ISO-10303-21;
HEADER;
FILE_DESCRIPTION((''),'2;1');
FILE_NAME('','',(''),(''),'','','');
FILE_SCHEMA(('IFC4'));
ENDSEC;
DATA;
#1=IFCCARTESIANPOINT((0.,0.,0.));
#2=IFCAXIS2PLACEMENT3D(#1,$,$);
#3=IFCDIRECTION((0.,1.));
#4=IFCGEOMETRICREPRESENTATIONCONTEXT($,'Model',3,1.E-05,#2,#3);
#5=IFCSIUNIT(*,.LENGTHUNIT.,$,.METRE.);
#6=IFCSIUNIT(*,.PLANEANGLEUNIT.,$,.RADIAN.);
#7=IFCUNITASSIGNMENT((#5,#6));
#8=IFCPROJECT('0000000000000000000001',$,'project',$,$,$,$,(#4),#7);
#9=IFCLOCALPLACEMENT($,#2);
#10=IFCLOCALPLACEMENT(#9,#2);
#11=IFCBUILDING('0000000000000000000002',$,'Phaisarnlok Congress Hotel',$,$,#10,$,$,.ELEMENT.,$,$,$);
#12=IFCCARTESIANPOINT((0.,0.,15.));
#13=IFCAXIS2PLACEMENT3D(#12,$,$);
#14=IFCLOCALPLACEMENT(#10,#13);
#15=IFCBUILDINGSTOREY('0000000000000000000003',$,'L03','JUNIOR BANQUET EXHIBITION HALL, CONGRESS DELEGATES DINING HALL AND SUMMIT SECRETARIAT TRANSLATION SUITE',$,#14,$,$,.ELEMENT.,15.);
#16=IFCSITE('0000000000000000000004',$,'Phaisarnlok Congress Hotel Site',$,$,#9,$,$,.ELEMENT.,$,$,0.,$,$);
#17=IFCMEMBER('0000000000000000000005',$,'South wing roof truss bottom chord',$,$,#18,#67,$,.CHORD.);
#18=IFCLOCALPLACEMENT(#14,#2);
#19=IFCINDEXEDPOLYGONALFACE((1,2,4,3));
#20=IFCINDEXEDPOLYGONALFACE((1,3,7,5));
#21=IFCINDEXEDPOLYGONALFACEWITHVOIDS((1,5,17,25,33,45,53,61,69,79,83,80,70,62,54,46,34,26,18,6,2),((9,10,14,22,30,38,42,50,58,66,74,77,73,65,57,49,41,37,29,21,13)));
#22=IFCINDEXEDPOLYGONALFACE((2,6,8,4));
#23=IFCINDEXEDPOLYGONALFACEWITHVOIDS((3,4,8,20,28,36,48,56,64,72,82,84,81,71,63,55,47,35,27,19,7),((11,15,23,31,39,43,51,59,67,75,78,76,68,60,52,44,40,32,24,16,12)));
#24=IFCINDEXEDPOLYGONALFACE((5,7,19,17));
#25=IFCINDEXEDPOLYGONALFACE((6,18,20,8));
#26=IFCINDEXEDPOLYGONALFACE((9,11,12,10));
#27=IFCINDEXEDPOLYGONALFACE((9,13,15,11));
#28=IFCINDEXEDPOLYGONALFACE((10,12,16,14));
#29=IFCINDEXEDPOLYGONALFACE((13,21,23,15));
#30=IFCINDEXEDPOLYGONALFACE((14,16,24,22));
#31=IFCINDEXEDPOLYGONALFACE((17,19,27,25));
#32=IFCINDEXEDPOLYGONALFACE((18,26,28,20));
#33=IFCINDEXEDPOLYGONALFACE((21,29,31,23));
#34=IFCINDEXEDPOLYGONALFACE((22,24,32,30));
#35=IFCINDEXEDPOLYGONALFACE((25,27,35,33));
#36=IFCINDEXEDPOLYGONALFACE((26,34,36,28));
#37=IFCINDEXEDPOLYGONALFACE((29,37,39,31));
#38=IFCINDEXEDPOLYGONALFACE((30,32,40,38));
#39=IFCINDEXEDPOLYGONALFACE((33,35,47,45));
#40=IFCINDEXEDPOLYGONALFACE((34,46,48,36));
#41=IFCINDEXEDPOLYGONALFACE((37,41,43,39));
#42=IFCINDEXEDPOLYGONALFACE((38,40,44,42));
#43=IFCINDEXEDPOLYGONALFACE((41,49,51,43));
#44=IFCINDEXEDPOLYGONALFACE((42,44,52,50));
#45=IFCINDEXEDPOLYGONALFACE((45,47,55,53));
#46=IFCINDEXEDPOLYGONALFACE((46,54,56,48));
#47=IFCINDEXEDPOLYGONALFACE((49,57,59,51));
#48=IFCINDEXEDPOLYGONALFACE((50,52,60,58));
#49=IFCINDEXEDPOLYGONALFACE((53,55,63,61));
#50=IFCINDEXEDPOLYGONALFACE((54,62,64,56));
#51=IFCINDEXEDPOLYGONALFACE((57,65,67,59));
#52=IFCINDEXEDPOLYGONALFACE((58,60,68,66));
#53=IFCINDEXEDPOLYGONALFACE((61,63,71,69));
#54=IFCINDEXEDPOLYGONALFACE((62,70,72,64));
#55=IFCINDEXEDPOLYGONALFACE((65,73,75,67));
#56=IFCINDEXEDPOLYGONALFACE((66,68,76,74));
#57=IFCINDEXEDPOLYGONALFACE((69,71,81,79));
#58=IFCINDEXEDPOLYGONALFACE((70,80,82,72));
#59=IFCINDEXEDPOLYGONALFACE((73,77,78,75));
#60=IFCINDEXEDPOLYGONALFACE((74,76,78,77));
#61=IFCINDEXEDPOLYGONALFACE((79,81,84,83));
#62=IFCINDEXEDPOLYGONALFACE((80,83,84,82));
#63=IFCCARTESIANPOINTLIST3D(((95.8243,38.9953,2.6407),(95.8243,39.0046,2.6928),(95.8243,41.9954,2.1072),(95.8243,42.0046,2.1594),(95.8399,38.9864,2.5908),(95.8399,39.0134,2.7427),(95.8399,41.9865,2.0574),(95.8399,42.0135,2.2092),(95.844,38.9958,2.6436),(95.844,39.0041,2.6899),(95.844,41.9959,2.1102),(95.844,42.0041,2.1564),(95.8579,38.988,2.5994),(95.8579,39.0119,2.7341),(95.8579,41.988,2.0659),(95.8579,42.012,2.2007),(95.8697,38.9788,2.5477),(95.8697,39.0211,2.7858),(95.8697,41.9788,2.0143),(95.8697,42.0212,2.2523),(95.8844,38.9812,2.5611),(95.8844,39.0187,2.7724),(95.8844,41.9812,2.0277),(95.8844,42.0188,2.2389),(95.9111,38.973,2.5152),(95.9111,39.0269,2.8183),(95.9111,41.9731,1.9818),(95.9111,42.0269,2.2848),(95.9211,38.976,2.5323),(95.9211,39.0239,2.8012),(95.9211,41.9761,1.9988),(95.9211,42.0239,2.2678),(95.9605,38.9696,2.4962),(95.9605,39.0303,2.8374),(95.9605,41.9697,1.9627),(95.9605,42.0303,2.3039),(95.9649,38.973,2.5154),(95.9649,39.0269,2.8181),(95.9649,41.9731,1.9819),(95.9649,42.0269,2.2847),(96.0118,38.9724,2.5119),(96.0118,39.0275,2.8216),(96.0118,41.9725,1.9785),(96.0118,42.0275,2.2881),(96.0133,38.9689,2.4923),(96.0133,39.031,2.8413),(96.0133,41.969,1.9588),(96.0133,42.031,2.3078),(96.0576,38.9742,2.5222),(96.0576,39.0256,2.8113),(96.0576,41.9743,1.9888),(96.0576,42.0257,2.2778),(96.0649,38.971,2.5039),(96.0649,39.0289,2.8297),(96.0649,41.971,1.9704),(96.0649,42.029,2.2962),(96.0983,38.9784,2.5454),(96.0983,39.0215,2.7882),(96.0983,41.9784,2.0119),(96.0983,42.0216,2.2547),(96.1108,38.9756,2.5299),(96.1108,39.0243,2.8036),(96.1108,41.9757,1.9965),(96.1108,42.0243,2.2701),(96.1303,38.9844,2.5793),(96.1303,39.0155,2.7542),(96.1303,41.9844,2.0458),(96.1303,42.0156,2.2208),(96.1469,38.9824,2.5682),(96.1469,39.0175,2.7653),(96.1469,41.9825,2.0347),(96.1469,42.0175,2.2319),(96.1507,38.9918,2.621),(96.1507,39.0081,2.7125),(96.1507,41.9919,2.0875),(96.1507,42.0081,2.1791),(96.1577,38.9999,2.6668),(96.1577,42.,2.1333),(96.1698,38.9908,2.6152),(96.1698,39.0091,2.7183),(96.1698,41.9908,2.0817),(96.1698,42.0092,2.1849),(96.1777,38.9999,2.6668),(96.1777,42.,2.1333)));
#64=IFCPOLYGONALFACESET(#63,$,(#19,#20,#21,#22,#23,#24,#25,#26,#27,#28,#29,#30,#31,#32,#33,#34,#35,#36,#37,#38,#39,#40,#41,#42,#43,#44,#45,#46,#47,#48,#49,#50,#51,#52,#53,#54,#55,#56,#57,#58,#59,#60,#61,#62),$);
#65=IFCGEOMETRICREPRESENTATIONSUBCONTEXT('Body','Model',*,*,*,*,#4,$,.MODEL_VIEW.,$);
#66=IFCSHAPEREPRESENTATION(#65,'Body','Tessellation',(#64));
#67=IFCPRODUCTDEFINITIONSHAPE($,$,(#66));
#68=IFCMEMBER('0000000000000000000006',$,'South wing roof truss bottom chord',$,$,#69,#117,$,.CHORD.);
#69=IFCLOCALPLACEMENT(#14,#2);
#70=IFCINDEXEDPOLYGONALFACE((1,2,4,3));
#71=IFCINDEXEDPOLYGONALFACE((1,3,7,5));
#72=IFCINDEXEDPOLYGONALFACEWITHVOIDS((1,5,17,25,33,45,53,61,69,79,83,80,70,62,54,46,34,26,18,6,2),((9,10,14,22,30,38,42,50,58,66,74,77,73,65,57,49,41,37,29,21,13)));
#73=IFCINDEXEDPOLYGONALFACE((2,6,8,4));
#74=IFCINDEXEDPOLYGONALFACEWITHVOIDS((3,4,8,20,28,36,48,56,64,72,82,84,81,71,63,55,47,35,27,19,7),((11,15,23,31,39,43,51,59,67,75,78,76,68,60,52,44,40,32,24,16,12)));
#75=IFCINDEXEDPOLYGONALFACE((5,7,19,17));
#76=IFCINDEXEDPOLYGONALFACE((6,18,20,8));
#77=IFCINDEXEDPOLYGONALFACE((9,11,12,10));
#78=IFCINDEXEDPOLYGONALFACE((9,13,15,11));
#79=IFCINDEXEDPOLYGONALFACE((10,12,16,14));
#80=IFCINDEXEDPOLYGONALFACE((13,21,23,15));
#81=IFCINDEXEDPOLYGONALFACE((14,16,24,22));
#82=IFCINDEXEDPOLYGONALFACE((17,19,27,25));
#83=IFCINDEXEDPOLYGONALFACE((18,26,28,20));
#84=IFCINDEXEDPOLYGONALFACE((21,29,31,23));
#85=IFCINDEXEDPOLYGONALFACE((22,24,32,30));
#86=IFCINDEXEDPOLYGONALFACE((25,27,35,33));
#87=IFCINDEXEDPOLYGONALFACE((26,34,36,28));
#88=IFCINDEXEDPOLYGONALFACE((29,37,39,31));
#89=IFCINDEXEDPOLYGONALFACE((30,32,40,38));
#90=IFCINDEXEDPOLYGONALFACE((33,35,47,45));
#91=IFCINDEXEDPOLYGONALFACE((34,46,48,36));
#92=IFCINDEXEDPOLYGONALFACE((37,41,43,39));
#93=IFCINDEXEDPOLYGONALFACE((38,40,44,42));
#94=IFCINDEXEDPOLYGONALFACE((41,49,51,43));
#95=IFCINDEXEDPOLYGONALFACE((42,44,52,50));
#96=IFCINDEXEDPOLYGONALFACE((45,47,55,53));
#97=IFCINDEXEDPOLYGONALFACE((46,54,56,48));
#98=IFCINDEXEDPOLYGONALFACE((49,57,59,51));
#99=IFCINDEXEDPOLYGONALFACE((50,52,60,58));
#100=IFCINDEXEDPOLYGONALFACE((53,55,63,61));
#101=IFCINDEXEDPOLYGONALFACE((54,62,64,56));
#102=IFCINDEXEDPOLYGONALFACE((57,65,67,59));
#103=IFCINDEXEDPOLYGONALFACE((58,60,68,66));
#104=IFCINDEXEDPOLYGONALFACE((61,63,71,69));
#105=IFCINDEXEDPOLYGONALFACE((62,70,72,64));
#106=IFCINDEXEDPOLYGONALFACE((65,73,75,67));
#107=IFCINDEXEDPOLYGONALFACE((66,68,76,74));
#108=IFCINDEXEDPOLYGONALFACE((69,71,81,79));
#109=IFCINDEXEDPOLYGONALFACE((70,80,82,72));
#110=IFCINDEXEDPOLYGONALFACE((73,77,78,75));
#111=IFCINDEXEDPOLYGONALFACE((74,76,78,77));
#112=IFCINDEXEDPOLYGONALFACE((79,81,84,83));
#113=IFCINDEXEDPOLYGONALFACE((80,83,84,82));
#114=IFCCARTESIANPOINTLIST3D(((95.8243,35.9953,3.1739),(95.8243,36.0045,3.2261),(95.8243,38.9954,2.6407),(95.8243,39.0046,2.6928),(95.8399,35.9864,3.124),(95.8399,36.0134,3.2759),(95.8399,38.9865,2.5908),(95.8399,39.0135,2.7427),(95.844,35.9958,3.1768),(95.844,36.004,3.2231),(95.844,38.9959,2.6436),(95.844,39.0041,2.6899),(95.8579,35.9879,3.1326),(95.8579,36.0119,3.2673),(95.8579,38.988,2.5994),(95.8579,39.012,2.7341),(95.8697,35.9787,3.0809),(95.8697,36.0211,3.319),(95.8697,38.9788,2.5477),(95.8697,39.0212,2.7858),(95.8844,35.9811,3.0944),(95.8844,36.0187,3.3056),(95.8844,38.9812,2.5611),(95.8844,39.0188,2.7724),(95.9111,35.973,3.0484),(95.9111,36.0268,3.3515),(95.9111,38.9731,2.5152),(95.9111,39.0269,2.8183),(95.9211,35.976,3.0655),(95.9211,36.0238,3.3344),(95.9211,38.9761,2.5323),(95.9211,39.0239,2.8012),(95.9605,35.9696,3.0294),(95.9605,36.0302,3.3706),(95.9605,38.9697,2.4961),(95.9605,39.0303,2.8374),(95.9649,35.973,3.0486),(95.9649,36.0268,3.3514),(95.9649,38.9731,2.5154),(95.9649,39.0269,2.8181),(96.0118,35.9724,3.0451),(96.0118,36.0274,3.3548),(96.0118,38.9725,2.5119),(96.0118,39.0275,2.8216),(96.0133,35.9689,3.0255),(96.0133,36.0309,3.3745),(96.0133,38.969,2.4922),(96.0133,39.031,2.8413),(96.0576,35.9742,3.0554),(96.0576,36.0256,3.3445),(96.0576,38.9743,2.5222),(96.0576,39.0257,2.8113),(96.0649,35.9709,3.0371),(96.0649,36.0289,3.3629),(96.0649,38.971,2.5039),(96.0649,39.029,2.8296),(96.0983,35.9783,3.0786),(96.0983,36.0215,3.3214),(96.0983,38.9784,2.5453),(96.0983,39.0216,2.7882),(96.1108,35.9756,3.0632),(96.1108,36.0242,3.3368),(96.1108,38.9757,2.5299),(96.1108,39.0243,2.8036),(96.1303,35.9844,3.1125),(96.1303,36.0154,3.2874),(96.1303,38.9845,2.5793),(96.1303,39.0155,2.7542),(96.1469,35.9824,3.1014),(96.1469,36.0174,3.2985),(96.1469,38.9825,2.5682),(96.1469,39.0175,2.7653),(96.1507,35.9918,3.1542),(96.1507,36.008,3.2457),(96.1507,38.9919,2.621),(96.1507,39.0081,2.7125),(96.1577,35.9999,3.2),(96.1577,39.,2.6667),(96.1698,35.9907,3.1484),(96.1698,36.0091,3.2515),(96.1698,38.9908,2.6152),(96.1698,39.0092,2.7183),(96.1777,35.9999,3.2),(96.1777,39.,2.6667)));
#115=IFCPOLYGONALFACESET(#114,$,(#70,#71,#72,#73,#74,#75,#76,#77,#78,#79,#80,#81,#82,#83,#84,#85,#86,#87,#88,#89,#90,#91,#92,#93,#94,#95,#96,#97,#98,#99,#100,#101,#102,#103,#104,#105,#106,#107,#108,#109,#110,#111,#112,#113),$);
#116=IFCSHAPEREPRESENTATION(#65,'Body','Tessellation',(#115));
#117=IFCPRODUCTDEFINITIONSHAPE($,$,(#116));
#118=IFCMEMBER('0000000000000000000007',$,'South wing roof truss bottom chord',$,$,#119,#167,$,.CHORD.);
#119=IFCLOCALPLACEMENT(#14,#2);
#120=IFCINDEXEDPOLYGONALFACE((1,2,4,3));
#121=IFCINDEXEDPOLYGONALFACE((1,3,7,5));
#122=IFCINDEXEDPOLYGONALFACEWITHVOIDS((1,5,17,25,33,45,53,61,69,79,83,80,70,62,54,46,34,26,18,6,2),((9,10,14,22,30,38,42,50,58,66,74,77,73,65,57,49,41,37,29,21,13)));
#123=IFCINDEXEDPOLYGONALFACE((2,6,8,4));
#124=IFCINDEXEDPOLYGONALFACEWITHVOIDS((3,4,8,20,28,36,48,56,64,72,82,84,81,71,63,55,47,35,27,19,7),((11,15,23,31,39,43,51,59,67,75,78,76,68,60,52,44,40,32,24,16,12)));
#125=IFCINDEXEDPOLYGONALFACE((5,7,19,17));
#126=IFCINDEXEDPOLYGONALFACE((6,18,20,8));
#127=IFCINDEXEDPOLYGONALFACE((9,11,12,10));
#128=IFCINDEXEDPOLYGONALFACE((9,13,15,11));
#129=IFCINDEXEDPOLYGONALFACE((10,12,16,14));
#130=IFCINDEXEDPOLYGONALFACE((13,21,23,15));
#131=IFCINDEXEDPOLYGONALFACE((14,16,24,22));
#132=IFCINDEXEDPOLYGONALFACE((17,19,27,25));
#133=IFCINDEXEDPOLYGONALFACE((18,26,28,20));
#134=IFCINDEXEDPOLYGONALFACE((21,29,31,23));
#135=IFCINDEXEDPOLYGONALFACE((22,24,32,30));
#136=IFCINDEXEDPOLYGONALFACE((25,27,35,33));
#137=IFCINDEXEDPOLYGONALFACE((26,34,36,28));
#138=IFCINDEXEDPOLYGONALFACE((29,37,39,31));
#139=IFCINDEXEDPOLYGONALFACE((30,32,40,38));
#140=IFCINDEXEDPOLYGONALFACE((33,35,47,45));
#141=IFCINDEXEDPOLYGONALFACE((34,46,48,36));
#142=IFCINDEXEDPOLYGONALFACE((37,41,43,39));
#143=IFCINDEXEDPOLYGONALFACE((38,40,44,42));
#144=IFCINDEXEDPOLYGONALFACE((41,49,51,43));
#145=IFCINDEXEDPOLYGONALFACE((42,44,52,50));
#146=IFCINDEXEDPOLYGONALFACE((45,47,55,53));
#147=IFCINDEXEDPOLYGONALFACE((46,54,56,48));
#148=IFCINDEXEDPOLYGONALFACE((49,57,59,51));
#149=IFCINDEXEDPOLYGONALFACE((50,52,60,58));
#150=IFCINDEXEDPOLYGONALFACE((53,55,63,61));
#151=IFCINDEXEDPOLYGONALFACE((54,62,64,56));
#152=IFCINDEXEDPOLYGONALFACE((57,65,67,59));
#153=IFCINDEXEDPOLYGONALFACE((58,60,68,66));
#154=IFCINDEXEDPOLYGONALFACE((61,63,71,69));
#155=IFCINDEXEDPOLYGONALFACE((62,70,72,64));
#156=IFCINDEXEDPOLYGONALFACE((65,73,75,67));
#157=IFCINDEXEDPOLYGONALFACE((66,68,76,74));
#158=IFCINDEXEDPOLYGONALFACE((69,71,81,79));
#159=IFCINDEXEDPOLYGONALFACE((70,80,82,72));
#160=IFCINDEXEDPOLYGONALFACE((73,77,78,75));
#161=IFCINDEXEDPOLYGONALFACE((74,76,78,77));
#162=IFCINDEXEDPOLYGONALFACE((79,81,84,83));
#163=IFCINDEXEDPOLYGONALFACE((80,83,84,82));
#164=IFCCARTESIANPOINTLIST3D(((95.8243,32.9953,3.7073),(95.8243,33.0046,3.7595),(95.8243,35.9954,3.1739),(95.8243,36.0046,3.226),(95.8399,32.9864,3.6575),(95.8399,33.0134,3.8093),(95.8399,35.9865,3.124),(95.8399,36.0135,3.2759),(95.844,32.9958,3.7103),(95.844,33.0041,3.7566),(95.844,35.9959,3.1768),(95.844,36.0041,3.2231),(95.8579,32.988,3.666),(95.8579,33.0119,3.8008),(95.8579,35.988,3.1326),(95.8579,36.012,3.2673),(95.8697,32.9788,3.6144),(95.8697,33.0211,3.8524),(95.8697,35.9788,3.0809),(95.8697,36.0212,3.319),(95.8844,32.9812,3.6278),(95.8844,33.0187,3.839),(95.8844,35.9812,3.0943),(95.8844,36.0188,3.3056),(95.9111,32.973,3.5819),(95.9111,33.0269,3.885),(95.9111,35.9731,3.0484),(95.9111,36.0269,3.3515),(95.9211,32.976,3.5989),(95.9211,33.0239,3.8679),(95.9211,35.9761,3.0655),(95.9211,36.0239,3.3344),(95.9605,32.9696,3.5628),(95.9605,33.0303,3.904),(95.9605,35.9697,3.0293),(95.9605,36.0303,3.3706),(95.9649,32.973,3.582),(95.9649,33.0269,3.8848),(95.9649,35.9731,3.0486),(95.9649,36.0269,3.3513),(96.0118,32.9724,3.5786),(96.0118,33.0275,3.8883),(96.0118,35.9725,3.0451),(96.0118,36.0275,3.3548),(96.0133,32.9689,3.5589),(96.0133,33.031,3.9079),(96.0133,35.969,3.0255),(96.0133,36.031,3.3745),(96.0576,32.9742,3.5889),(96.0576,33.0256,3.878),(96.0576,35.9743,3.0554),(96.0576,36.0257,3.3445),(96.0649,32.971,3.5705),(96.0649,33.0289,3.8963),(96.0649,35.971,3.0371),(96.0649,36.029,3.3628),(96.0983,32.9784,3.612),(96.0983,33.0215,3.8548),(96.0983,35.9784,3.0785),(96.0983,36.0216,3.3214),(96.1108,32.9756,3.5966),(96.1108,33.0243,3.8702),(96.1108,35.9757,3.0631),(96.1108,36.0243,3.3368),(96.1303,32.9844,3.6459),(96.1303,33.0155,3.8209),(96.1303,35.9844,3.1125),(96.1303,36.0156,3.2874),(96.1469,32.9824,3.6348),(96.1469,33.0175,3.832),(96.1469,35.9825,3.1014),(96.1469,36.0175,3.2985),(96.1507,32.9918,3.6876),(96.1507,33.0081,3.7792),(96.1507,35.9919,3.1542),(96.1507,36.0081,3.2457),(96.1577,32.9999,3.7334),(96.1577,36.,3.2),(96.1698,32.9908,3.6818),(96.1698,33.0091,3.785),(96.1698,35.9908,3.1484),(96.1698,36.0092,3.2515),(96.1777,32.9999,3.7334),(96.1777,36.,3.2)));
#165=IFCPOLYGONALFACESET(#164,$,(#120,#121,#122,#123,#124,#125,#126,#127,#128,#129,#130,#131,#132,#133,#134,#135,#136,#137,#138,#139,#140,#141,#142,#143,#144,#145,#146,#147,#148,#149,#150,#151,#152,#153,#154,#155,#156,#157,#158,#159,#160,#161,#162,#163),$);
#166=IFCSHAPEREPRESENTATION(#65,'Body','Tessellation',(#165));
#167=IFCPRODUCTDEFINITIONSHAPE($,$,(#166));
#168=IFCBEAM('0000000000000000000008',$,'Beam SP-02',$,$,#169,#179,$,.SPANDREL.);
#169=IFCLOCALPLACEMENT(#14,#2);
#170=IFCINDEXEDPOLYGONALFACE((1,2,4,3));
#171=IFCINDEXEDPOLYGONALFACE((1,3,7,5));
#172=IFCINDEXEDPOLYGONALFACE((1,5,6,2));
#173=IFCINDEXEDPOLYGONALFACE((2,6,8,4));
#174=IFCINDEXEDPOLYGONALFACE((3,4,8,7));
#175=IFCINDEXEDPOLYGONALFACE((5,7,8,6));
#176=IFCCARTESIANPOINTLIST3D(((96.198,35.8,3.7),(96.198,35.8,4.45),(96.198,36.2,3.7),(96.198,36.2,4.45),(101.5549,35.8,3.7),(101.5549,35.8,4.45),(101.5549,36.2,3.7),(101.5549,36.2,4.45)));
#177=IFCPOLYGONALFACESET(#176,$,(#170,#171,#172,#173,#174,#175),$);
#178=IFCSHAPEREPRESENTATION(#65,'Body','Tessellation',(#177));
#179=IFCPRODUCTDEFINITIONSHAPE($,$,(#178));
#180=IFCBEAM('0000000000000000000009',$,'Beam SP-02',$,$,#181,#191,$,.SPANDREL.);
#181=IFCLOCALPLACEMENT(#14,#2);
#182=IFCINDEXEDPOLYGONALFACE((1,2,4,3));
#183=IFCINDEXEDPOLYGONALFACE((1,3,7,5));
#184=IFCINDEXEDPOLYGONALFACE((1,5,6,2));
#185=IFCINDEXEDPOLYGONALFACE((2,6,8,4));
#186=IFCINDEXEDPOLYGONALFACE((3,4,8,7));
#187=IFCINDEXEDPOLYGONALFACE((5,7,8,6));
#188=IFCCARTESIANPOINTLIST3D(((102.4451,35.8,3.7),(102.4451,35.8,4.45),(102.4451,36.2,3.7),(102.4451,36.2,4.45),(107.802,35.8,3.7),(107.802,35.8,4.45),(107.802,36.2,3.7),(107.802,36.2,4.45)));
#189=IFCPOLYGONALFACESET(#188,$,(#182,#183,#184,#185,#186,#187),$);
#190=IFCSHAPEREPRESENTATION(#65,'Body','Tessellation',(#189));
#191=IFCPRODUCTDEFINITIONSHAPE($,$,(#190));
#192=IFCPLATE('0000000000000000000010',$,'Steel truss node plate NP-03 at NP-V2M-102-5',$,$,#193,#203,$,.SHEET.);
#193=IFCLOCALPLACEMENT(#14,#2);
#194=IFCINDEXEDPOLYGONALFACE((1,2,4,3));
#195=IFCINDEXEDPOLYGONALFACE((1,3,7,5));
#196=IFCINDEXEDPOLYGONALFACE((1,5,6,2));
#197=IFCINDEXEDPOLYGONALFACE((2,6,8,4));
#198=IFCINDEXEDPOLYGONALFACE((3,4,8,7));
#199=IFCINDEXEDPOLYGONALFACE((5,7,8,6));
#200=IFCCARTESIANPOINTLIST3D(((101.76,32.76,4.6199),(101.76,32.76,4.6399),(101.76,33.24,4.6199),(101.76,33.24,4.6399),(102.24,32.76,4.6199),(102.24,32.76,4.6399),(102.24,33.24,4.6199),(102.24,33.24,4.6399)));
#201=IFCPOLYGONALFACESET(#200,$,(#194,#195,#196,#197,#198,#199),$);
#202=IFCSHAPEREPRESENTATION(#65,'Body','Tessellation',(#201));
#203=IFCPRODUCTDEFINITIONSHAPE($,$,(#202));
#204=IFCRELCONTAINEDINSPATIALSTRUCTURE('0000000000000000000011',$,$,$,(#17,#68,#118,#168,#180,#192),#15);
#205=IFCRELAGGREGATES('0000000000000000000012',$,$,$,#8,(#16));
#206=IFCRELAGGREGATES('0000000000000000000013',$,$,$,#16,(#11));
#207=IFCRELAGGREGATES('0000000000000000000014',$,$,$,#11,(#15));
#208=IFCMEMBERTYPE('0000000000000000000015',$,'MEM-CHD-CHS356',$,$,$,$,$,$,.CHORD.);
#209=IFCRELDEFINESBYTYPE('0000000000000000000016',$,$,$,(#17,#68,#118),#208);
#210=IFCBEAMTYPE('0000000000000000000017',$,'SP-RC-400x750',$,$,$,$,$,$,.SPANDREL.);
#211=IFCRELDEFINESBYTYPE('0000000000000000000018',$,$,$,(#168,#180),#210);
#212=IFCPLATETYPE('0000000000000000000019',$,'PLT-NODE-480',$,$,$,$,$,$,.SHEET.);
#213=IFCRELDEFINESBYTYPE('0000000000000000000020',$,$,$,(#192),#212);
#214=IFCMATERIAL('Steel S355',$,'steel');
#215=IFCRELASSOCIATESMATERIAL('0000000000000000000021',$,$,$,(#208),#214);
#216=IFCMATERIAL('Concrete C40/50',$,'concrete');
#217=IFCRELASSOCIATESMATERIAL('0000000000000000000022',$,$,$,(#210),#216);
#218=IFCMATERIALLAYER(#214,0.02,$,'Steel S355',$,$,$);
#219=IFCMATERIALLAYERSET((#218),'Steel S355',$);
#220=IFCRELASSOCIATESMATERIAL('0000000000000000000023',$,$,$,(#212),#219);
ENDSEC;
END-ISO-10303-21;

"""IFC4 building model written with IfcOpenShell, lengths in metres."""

from ifc_helpers import new_model, si_unit, direction, frame, origin, origin_2d, place, context, subcontext, project, spatial, rectangle, hollow_circle, extrude, material, layer, layer_set, material_profile, profile_set, type_object, element, save


model = new_model("IFC4")

# Units and contexts
model_context = context("Model", 3, precision=1e-05, world=origin(), true_north=direction((0.0, 1.0)))
body_context = subcontext(model_context, "Body", "Model", "MODEL_VIEW")
ifc_project = project(units=[si_unit("LENGTHUNIT", "METRE"), si_unit("PLANEANGLEUNIT", "RADIAN")], contexts=[model_context])

# Site, building, storey
site_placement = place(None, origin())
site = spatial("IfcSite", under=ifc_project, at=site_placement, Name="Phaisarnlok Congress Hotel Site", CompositionType="ELEMENT", RefElevation=0.0)
building_placement = place(site_placement, origin())
building = spatial("IfcBuilding", under=site, at=building_placement, Name="Phaisarnlok Congress Hotel", CompositionType="ELEMENT")
storey_placement = place(building_placement, frame((0.0, 0.0, 15.0)))
storey = spatial("IfcBuildingStorey", under=building, at=storey_placement, Name="L03", Description="JUNIOR BANQUET EXHIBITION HALL, CONGRESS DELEGATES DINING HALL AND SUMMIT SECRETARIAT TRANSLATION SUITE", CompositionType="ELEMENT", Elevation=15.0)

# Shared definitions
ifc_material_1 = material(Name="Steel S355", Category="steel")

# Members
ifc_material_profile_1 = material_profile(ifc_material_1, hollow_circle(Radius=0.1777, WallThickness=0.02, at=origin_2d()), Name="CHS 355.6x20")
ifc_profile_set_1 = profile_set([ifc_material_profile_1], Name="Steel S355")
member_type_1 = type_object("IfcMemberType", Name="MEM-CHD-CHS356", PredefinedType="CHORD", material=ifc_profile_set_1)
for number, where, z_axis, x_axis, name in (
    (1, (96.0, 42.0, 2.1333), (0.0, -0.984556, 0.17507), (1.0, 0.0, 0.0), "South wing roof truss bottom chord"),
    (2, (96.0, 39.0, 2.6667), (0.0, -0.98457, 0.174992), (1.0, 0.0, 0.0), "South wing roof truss bottom chord"),
    (3, (96.0, 36.0, 3.2), (0.0, -0.984556, 0.17507), (1.0, 0.0, 0.0), "South wing roof truss bottom chord"),
):
    element("IfcMember", number, at=place(storey_placement, frame(where, z_axis=z_axis, x_axis=x_axis)), inside=storey, type_object=member_type_1, Name=name, PredefinedType="CHORD", context=body_context, shape_type="SweptSolid", body=[
        extrude(hollow_circle(Radius=0.1777, WallThickness=0.02, at=origin_2d()), origin(), (0.0, 0.0, 1.0), 3.0471),
    ])

# Beams
ifc_material_2 = material(Name="Concrete C40/50", Category="concrete")
ifc_material_profile_2 = material_profile(ifc_material_2, rectangle(XDim=0.3999, YDim=0.75, at=origin_2d()), Name="RC 400x750")
ifc_profile_set_2 = profile_set([ifc_material_profile_2], Name="Concrete C40/50")
beam_type = type_object("IfcBeamType", Name="SP-RC-400x750", PredefinedType="SPANDREL", material=ifc_profile_set_2)
for number, where, z_axis, x_axis, name in (
    (4, (96.198, 36.0, 4.075), (1.0, 0.0, 0.0), (0.0, 1.0, 0.0), "Beam SP-02"),
    (5, (102.4451, 36.0, 4.075), (1.0, 0.0, 0.0), (0.0, 1.0, 0.0), "Beam SP-02"),
):
    element("IfcBeam", number, at=place(storey_placement, frame(where, z_axis=z_axis, x_axis=x_axis)), inside=storey, type_object=beam_type, Name=name, PredefinedType="SPANDREL", context=body_context, shape_type="SweptSolid", body=[
        extrude(rectangle(XDim=0.3999, YDim=0.75, at=origin_2d()), origin(), (0.0, 0.0, 1.0), 5.3569),
    ])

# Plate
ifc_layer_1 = layer(ifc_material_1, 0.02, Name="Steel S355")
ifc_layer_set_1 = layer_set([ifc_layer_1], Name="Steel S355")
plate_type_1 = type_object("IfcPlateType", Name="PLT-NODE-480", PredefinedType="SHEET", material=ifc_layer_set_1)
plate_placement = place(storey_placement, frame((102.0, 33.0, 4.6199), z_axis=(0.0, 0.0, 1.0), x_axis=(1.0, 0.0, 0.0)))
element("IfcPlate", 6, at=plate_placement, inside=storey, type_object=plate_type_1, Name="Steel truss node plate NP-03 at NP-V2M-102-5", PredefinedType="SHEET", context=body_context, shape_type="SweptSolid", body=[
    extrude(rectangle(XDim=0.48, YDim=0.48, at=origin_2d()), origin(), (0.0, 0.0, 1.0), 0.02),
])

save(model, "model.ifc")
